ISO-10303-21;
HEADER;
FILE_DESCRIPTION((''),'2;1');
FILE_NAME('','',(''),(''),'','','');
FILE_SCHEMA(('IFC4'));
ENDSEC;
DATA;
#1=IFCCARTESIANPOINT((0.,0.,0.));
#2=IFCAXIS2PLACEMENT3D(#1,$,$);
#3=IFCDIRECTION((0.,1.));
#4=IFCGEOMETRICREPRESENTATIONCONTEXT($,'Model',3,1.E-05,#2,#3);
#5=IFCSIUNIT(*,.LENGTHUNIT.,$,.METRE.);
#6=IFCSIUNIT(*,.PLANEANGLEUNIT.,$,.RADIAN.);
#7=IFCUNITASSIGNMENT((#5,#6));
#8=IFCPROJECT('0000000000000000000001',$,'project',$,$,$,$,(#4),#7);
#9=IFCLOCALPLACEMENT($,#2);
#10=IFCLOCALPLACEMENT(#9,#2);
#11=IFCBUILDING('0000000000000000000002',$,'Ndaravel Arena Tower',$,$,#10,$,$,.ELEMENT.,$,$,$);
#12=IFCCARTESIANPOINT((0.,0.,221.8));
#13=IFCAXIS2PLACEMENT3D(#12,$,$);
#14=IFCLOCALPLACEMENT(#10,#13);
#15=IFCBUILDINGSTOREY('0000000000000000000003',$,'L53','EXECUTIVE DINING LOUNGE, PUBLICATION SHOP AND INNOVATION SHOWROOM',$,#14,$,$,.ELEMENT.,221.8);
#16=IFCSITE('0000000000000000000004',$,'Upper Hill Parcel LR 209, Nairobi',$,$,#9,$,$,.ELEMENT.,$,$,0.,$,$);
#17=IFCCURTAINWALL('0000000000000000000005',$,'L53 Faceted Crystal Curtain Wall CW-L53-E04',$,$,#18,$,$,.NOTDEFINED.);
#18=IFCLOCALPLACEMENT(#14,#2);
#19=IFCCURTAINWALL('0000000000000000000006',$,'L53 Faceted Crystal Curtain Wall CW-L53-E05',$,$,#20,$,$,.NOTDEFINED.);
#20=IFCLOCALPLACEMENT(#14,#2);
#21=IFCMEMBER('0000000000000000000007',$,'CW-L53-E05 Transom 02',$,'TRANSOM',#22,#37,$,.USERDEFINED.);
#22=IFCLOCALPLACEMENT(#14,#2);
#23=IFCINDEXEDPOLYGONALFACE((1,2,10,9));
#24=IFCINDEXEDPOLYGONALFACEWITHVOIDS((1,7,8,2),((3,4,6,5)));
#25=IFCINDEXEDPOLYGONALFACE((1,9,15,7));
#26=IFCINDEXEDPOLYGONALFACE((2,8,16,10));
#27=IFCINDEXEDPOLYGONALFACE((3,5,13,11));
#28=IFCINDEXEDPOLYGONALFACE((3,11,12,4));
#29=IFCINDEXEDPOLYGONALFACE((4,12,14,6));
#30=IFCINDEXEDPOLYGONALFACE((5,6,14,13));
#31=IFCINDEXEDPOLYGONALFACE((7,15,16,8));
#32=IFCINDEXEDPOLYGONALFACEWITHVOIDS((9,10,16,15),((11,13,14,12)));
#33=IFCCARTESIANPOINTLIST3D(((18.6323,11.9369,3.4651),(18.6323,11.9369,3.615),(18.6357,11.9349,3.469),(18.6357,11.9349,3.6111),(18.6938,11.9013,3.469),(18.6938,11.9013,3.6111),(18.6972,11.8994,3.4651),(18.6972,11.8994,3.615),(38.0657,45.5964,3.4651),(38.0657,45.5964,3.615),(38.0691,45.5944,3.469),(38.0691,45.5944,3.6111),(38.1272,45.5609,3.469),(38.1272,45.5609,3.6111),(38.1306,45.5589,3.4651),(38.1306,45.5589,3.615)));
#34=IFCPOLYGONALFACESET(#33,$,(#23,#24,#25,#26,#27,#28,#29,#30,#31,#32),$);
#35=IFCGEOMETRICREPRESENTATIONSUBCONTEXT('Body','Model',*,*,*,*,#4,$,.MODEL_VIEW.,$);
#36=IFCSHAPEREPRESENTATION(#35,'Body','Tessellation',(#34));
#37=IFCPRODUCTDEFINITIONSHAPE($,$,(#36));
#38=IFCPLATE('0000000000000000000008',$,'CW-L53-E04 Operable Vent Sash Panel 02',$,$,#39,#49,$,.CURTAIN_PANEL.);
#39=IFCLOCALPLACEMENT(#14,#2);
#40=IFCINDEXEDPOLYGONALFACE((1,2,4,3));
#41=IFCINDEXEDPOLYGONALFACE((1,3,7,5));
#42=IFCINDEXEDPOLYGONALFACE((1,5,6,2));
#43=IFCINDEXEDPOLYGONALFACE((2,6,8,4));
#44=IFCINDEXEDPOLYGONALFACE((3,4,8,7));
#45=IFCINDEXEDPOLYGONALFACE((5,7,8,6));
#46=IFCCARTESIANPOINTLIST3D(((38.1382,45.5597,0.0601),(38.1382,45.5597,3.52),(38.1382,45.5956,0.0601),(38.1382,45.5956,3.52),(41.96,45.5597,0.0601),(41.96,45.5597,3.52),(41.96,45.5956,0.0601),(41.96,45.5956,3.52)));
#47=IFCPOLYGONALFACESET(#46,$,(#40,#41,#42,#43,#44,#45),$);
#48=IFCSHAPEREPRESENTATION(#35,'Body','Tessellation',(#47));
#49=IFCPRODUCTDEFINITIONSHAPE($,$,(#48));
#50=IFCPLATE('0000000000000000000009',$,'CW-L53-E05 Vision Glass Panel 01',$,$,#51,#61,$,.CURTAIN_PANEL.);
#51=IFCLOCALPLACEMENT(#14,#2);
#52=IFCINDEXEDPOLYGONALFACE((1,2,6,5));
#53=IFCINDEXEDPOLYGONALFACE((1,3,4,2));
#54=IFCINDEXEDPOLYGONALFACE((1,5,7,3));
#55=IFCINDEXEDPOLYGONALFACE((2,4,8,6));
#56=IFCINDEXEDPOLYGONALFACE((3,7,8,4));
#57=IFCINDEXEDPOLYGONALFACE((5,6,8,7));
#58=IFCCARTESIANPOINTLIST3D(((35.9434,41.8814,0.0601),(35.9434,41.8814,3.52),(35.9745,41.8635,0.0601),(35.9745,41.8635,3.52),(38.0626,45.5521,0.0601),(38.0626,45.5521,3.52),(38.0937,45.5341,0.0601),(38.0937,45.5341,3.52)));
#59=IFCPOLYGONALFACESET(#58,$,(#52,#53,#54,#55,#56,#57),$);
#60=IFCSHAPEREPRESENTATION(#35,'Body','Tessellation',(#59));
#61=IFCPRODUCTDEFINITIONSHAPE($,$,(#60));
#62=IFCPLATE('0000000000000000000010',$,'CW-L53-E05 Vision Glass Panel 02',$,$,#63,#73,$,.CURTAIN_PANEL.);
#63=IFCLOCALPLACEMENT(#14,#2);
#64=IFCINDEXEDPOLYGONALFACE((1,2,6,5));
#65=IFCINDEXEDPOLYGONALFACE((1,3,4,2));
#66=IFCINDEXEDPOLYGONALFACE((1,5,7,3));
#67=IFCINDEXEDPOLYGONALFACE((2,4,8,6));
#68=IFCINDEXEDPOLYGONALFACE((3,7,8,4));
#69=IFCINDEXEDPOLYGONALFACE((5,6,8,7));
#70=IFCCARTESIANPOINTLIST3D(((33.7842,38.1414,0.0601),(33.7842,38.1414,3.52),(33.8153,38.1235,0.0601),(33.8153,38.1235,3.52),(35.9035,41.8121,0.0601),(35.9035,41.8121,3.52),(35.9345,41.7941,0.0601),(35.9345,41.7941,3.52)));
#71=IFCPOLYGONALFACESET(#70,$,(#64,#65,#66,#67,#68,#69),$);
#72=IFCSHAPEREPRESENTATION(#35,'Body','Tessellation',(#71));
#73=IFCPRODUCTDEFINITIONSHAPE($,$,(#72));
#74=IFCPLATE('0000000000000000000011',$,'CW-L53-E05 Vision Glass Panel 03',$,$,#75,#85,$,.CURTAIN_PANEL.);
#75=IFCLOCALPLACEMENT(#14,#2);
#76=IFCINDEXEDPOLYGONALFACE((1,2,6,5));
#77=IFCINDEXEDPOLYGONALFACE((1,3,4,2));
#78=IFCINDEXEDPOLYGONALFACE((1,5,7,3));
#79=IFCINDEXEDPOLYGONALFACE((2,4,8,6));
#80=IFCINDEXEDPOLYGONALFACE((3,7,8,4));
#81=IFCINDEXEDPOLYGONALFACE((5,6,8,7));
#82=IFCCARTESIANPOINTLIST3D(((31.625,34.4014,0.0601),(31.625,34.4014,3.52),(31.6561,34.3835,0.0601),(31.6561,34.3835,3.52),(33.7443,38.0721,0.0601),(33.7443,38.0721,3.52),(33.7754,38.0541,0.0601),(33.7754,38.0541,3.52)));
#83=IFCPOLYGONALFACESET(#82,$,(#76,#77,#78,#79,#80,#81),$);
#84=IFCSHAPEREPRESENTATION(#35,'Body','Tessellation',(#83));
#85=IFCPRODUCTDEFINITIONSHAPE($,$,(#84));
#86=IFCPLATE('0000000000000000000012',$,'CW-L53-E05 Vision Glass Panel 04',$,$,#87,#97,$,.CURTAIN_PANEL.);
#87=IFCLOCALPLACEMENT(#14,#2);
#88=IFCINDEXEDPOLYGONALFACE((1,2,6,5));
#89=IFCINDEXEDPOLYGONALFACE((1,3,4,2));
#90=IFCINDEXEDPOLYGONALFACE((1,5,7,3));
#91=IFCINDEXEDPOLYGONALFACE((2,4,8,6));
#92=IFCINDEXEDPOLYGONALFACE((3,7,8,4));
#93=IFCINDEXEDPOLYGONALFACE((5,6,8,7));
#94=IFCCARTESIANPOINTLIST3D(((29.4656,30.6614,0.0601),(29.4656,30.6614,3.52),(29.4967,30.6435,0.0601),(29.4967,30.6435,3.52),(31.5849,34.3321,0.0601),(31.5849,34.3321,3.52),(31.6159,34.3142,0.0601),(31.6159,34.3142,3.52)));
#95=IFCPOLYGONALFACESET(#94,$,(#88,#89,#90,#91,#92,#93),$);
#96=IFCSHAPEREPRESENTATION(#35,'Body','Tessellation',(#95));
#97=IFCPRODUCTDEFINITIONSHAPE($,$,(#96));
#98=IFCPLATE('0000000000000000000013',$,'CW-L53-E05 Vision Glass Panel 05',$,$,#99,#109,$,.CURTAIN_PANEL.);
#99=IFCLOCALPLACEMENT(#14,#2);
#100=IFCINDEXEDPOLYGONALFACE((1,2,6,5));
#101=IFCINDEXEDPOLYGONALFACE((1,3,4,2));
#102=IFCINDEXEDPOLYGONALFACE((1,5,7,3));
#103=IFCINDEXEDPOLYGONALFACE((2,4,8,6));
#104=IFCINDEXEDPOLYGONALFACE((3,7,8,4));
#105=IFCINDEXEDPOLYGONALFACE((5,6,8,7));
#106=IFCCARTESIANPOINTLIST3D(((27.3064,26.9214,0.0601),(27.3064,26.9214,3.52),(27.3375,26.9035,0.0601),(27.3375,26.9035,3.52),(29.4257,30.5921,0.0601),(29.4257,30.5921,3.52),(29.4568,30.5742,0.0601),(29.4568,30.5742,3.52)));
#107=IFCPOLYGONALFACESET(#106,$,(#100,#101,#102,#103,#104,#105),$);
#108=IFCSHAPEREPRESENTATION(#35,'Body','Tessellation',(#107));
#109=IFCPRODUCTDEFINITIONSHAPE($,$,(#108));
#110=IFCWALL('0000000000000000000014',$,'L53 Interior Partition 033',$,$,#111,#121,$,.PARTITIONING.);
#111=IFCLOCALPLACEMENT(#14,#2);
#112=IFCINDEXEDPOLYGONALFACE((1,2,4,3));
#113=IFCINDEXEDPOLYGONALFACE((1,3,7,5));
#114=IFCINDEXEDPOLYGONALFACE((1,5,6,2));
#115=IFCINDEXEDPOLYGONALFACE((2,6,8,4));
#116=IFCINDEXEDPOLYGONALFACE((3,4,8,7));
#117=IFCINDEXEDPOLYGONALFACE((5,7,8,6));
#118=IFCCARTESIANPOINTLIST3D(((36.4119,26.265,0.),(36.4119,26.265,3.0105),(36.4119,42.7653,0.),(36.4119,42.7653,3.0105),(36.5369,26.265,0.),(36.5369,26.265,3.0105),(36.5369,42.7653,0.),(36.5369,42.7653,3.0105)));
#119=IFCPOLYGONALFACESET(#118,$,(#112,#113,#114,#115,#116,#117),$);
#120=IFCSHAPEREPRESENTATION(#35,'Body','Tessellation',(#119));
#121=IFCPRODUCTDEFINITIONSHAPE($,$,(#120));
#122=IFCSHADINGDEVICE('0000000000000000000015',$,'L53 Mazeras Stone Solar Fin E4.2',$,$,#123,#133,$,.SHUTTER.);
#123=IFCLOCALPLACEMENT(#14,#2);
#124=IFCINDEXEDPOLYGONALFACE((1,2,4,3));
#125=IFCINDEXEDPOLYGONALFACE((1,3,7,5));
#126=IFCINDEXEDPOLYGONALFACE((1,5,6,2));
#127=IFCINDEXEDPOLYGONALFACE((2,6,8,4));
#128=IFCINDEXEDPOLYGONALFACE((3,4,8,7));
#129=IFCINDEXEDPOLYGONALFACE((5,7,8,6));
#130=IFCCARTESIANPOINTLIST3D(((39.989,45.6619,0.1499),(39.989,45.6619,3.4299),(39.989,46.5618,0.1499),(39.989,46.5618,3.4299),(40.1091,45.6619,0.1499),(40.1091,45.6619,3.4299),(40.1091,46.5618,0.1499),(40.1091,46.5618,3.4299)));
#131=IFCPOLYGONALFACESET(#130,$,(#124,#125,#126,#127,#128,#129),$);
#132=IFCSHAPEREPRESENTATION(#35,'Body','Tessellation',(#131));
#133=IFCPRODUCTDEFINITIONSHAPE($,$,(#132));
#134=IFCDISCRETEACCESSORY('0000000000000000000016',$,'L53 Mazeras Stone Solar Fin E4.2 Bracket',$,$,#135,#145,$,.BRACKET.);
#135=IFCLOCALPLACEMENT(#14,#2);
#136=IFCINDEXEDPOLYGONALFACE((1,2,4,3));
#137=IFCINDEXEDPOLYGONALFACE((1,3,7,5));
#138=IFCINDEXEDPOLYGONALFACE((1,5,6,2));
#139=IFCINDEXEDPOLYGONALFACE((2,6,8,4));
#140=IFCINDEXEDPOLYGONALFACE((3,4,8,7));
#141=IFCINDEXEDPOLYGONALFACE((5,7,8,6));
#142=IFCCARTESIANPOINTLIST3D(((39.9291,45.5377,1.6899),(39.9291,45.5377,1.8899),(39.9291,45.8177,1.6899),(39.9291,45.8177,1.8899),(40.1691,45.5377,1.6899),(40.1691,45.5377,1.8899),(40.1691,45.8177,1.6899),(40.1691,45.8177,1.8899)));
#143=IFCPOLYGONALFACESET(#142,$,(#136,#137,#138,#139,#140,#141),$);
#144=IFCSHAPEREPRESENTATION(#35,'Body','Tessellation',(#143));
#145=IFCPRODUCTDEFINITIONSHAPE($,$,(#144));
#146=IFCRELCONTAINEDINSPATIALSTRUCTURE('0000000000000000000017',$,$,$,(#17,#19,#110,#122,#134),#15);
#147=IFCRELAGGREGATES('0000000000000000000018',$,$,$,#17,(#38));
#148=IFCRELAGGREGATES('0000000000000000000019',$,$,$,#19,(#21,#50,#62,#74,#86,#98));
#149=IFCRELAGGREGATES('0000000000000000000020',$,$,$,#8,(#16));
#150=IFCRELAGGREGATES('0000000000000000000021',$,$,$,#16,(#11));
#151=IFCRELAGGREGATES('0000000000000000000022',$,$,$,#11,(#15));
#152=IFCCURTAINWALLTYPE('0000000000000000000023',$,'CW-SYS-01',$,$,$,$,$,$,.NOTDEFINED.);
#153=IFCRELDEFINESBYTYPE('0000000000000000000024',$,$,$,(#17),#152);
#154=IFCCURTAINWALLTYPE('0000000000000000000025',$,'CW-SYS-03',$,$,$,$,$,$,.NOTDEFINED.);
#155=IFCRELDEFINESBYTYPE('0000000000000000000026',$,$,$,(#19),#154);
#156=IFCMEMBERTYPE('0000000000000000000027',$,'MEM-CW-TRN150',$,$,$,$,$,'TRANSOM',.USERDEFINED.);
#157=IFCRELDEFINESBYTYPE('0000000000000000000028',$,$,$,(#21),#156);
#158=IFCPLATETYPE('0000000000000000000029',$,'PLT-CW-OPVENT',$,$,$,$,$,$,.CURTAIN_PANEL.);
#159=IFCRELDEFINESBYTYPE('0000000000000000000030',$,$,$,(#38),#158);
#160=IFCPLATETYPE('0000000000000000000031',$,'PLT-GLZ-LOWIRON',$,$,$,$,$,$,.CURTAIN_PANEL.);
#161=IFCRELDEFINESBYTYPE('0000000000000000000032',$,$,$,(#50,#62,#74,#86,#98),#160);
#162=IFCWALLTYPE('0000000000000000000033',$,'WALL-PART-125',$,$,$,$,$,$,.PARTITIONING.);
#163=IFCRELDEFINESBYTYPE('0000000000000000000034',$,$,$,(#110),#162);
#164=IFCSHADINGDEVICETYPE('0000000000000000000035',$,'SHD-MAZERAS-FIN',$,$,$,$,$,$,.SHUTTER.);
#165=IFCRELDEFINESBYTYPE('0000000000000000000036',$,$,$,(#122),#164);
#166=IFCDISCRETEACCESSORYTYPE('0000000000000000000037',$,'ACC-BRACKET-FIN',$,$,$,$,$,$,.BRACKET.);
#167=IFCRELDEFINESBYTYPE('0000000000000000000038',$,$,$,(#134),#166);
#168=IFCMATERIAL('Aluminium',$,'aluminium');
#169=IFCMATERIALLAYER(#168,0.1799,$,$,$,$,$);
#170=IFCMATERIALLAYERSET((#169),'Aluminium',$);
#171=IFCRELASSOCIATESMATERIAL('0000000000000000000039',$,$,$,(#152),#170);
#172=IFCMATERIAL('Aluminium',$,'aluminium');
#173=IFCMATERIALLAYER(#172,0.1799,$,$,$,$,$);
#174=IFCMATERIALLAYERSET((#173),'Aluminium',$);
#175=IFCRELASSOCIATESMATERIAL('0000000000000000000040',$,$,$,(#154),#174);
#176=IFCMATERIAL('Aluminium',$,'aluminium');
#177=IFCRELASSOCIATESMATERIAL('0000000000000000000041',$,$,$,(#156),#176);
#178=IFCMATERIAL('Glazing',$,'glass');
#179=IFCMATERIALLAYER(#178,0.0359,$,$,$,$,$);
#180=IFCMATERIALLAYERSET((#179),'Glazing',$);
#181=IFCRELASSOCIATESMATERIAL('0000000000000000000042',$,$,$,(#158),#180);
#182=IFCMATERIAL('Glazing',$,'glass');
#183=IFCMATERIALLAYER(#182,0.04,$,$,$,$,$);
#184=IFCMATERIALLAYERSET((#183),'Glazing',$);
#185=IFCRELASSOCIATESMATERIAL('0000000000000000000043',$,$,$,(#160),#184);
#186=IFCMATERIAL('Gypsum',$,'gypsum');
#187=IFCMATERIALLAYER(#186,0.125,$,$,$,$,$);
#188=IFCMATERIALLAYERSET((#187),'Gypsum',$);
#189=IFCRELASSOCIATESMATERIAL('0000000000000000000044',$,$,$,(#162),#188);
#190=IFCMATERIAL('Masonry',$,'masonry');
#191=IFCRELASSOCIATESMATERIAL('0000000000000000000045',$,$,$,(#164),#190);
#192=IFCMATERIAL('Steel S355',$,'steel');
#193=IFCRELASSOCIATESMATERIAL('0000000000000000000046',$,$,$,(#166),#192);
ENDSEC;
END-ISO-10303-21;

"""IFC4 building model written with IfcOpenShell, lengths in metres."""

from ifc_helpers import new_model, si_unit, direction, frame, frame_2d, origin, origin_2d, place, context, subcontext, project, spatial, rectangle, hollow_rectangle, extrude, material, layer, layer_set, material_profile, profile_set, type_object, element, aggregate, save


model = new_model("IFC4")

# Units and contexts
model_context = context("Model", 3, precision=1e-05, world=origin(), true_north=direction((0.0, 1.0)))
body_context = subcontext(model_context, "Body", "Model", "MODEL_VIEW")
ifc_project = project(units=[si_unit("LENGTHUNIT", "METRE"), si_unit("PLANEANGLEUNIT", "RADIAN")], contexts=[model_context])

# Site, building, storey
site_placement = place(None, origin())
site = spatial("IfcSite", under=ifc_project, at=site_placement, Name="Upper Hill Parcel LR 209, Nairobi", CompositionType="ELEMENT", RefElevation=0.0)
building_placement = place(site_placement, origin())
building = spatial("IfcBuilding", under=site, at=building_placement, Name="Ndaravel Arena Tower", CompositionType="ELEMENT")
storey_placement = place(building_placement, frame((0.0, 0.0, 221.8)))
storey = spatial("IfcBuildingStorey", under=building, at=storey_placement, Name="L53", Description="EXECUTIVE DINING LOUNGE, PUBLICATION SHOP AND INNOVATION SHOWROOM", CompositionType="ELEMENT", Elevation=221.8)

# Curtain wall
ifc_material_1 = material(Name="Aluminium", Category="aluminium")
ifc_layer_1 = layer(ifc_material_1, 0.1799)
ifc_layer_set_1 = layer_set([ifc_layer_1], Name="Aluminium")
curtain_wall_type_1 = type_object("IfcCurtainWallType", Name="CW-SYS-01", PredefinedType="NOTDEFINED", material=ifc_layer_set_1)
curtain_wall_1_placement = place(storey_placement, origin())
curtain_wall_1 = element("IfcCurtainWall", 1, at=curtain_wall_1_placement, inside=storey, type_object=curtain_wall_type_1, Name="L53 Faceted Crystal Curtain Wall CW-L53-E04", PredefinedType="NOTDEFINED")

# Curtain wall, member
ifc_material_2 = material(Name="Aluminium", Category="aluminium")
ifc_layer_2 = layer(ifc_material_2, 0.1799)
ifc_layer_set_2 = layer_set([ifc_layer_2], Name="Aluminium")
curtain_wall_type_2 = type_object("IfcCurtainWallType", Name="CW-SYS-03", PredefinedType="NOTDEFINED", material=ifc_layer_set_2)
curtain_wall_2_placement = place(storey_placement, origin())
curtain_wall_2 = element("IfcCurtainWall", 2, at=curtain_wall_2_placement, inside=storey, type_object=curtain_wall_type_2, Name="L53 Faceted Crystal Curtain Wall CW-L53-E05", PredefinedType="NOTDEFINED")
ifc_material_3 = material(Name="Aluminium", Category="aluminium")
ifc_material_profile_1 = material_profile(ifc_material_3, hollow_rectangle(XDim=0.075, YDim=0.1499, WallThickness=0.0039, at=origin_2d()), Name="CW TRANSOM 75x150x4")
ifc_profile_set_1 = profile_set([ifc_material_profile_1], Name="Aluminium")
member_type_1 = type_object("IfcMemberType", Name="MEM-CW-TRN150", ElementType="TRANSOM", PredefinedType="USERDEFINED", material=ifc_profile_set_1)
member_1_placement = place(storey_placement, frame((38.0981, 45.5776, 3.54), z_axis=(-0.500001, -0.866025, 0.0), x_axis=(0.866025, -0.500001, 0.0)))
member_1 = element("IfcMember", 3, at=member_1_placement, type_object=member_type_1, Name="CW-L53-E05 Transom 02", ObjectType="TRANSOM", PredefinedType="USERDEFINED", context=body_context, shape_type="SweptSolid", body=[
    extrude(hollow_rectangle(XDim=0.075, YDim=0.1499, WallThickness=0.0039, at=origin_2d()), origin(), (0.0, 0.0, 1.0), 38.8667),
])

# Plates
ifc_material_4 = material(Name="Glazing", Category="glass")
ifc_layer_3 = layer(ifc_material_4, 0.0359)
ifc_layer_set_3 = layer_set([ifc_layer_3], Name="Glazing")
plate_type_1 = type_object("IfcPlateType", Name="PLT-CW-OPVENT", PredefinedType="CURTAIN_PANEL", material=ifc_layer_set_3)
plate_1_placement = place(storey_placement, frame((40.0491, 45.5776, 0.0601), z_axis=(0.0, 0.0, 1.0), x_axis=(-1.0, 0.0, 0.0)))
plate_1 = element("IfcPlate", 4, at=plate_1_placement, type_object=plate_type_1, Name="CW-L53-E04 Operable Vent Sash Panel 02", PredefinedType="CURTAIN_PANEL", context=body_context, shape_type="SweptSolid", body=[
    extrude(rectangle(XDim=3.8218, YDim=0.0359, at=origin_2d()), origin(), (0.0, 0.0, 1.0), 3.46),
])
aggregate(curtain_wall_1, [plate_1])
ifc_material_5 = material(Name="Glazing", Category="glass")
ifc_layer_4 = layer(ifc_material_5, 0.04)
ifc_layer_set_4 = layer_set([ifc_layer_4], Name="Glazing")
plate_type_2 = type_object("IfcPlateType", Name="PLT-GLZ-LOWIRON", PredefinedType="CURTAIN_PANEL", material=ifc_layer_set_4)
plate_2_placement = place(storey_placement, frame((37.0186, 43.7078, 0.0601), z_axis=(0.0, 0.0, 1.0), x_axis=(-0.5, -0.866025, 0.0)))
plate_2 = element("IfcPlate", 5, at=plate_2_placement, type_object=plate_type_2, Name="CW-L53-E05 Vision Glass Panel 01", PredefinedType="CURTAIN_PANEL", context=body_context, shape_type="SweptSolid", body=[
    extrude(rectangle(XDim=4.2385, YDim=0.0359, at=origin_2d()), origin(), (0.0, 0.0, 1.0), 3.46),
])
plate_3_placement = place(storey_placement, frame((34.8594, 39.9678, 0.0601), z_axis=(0.0, 0.0, 1.0), x_axis=(-0.5, -0.866025, 0.0)))
plate_3 = element("IfcPlate", 6, at=plate_3_placement, type_object=plate_type_2, Name="CW-L53-E05 Vision Glass Panel 02", PredefinedType="CURTAIN_PANEL", context=body_context, shape_type="SweptSolid", body=[
    extrude(rectangle(XDim=4.2385, YDim=0.0359, at=origin_2d()), origin(), (0.0, 0.0, 1.0), 3.46),
])
plate_4_placement = place(storey_placement, frame((32.7002, 36.2278, 0.0601), z_axis=(0.0, 0.0, 1.0), x_axis=(-0.5, -0.866025, 0.0)))
plate_4 = element("IfcPlate", 7, at=plate_4_placement, type_object=plate_type_2, Name="CW-L53-E05 Vision Glass Panel 03", PredefinedType="CURTAIN_PANEL", context=body_context, shape_type="SweptSolid", body=[
    extrude(rectangle(XDim=4.2385, YDim=0.0359, at=origin_2d()), origin(), (0.0, 0.0, 1.0), 3.46),
])
plate_5_placement = place(storey_placement, frame((30.5408, 32.4878, 0.0601), z_axis=(0.0, 0.0, 1.0), x_axis=(-0.5, -0.866025, 0.0)))
plate_5 = element("IfcPlate", 8, at=plate_5_placement, type_object=plate_type_2, Name="CW-L53-E05 Vision Glass Panel 04", PredefinedType="CURTAIN_PANEL", context=body_context, shape_type="SweptSolid", body=[
    extrude(rectangle(XDim=4.2385, YDim=0.0359, at=origin_2d()), origin(), (0.0, 0.0, 1.0), 3.46),
])
plate_6_placement = place(storey_placement, frame((28.3816, 28.7478, 0.0601), z_axis=(0.0, 0.0, 1.0), x_axis=(-0.5, -0.866025, 0.0)))
plate_6 = element("IfcPlate", 9, at=plate_6_placement, type_object=plate_type_2, Name="CW-L53-E05 Vision Glass Panel 05", PredefinedType="CURTAIN_PANEL", context=body_context, shape_type="SweptSolid", body=[
    extrude(rectangle(XDim=4.2385, YDim=0.0359, at=origin_2d()), origin(), (0.0, 0.0, 1.0), 3.46),
])
aggregate(curtain_wall_2, [member_1, plate_2, plate_3, plate_4, plate_5, plate_6])

# Wall
ifc_material_6 = material(Name="Gypsum", Category="gypsum")
ifc_layer_5 = layer(ifc_material_6, 0.125)
ifc_layer_set_5 = layer_set([ifc_layer_5], Name="Gypsum")
wall_type = type_object("IfcWallType", Name="WALL-PART-125", PredefinedType="PARTITIONING", material=ifc_layer_set_5)
wall_placement = place(storey_placement, frame((36.4744, 42.7651, 0.0), z_axis=(0.0, 0.0, 1.0), x_axis=(0.0, -1.0, 0.0)))
element("IfcWall", 10, at=wall_placement, inside=storey, type_object=wall_type, Name="L53 Interior Partition 033", PredefinedType="PARTITIONING", context=body_context, shape_type="SweptSolid", body=[
    extrude(rectangle(XDim=16.5002, YDim=0.125, at=frame_2d((8.25, 0.0))), origin(), (0.0, 0.0, 1.0), 3.0105),
])

# Shading device
ifc_material_7 = material(Name="Masonry", Category="masonry")
shading_device_type = type_object("IfcShadingDeviceType", Name="SHD-MAZERAS-FIN", PredefinedType="SHUTTER", material=ifc_material_7)
shading_device_placement = place(storey_placement, frame((40.0491, 46.1118, 0.1499), z_axis=(0.0, 0.0, 1.0), x_axis=(0.0, 1.0, 0.0)))
element("IfcShadingDevice", 11, at=shading_device_placement, inside=storey, type_object=shading_device_type, Name="L53 Mazeras Stone Solar Fin E4.2", PredefinedType="SHUTTER", context=body_context, shape_type="SweptSolid", body=[
    extrude(rectangle(XDim=0.8999, YDim=0.1201, at=origin_2d()), origin(), (0.0, 0.0, 1.0), 3.28),
])

# Discrete accessory
ifc_material_8 = material(Name="Steel S355", Category="steel")
discrete_accessory_type = type_object("IfcDiscreteAccessoryType", Name="ACC-BRACKET-FIN", PredefinedType="BRACKET", material=ifc_material_8)
discrete_accessory_placement = place(storey_placement, frame((40.0491, 45.6777, 1.6899), z_axis=(0.0, 0.0, 1.0), x_axis=(0.0, 1.0, 0.0)))
element("IfcDiscreteAccessory", 12, at=discrete_accessory_placement, inside=storey, type_object=discrete_accessory_type, Name="L53 Mazeras Stone Solar Fin E4.2 Bracket", PredefinedType="BRACKET", context=body_context, shape_type="SweptSolid", body=[
    extrude(rectangle(XDim=0.28, YDim=0.24, at=origin_2d()), origin(), (0.0, 0.0, 1.0), 0.2),
])

save(model, "model.ifc")
